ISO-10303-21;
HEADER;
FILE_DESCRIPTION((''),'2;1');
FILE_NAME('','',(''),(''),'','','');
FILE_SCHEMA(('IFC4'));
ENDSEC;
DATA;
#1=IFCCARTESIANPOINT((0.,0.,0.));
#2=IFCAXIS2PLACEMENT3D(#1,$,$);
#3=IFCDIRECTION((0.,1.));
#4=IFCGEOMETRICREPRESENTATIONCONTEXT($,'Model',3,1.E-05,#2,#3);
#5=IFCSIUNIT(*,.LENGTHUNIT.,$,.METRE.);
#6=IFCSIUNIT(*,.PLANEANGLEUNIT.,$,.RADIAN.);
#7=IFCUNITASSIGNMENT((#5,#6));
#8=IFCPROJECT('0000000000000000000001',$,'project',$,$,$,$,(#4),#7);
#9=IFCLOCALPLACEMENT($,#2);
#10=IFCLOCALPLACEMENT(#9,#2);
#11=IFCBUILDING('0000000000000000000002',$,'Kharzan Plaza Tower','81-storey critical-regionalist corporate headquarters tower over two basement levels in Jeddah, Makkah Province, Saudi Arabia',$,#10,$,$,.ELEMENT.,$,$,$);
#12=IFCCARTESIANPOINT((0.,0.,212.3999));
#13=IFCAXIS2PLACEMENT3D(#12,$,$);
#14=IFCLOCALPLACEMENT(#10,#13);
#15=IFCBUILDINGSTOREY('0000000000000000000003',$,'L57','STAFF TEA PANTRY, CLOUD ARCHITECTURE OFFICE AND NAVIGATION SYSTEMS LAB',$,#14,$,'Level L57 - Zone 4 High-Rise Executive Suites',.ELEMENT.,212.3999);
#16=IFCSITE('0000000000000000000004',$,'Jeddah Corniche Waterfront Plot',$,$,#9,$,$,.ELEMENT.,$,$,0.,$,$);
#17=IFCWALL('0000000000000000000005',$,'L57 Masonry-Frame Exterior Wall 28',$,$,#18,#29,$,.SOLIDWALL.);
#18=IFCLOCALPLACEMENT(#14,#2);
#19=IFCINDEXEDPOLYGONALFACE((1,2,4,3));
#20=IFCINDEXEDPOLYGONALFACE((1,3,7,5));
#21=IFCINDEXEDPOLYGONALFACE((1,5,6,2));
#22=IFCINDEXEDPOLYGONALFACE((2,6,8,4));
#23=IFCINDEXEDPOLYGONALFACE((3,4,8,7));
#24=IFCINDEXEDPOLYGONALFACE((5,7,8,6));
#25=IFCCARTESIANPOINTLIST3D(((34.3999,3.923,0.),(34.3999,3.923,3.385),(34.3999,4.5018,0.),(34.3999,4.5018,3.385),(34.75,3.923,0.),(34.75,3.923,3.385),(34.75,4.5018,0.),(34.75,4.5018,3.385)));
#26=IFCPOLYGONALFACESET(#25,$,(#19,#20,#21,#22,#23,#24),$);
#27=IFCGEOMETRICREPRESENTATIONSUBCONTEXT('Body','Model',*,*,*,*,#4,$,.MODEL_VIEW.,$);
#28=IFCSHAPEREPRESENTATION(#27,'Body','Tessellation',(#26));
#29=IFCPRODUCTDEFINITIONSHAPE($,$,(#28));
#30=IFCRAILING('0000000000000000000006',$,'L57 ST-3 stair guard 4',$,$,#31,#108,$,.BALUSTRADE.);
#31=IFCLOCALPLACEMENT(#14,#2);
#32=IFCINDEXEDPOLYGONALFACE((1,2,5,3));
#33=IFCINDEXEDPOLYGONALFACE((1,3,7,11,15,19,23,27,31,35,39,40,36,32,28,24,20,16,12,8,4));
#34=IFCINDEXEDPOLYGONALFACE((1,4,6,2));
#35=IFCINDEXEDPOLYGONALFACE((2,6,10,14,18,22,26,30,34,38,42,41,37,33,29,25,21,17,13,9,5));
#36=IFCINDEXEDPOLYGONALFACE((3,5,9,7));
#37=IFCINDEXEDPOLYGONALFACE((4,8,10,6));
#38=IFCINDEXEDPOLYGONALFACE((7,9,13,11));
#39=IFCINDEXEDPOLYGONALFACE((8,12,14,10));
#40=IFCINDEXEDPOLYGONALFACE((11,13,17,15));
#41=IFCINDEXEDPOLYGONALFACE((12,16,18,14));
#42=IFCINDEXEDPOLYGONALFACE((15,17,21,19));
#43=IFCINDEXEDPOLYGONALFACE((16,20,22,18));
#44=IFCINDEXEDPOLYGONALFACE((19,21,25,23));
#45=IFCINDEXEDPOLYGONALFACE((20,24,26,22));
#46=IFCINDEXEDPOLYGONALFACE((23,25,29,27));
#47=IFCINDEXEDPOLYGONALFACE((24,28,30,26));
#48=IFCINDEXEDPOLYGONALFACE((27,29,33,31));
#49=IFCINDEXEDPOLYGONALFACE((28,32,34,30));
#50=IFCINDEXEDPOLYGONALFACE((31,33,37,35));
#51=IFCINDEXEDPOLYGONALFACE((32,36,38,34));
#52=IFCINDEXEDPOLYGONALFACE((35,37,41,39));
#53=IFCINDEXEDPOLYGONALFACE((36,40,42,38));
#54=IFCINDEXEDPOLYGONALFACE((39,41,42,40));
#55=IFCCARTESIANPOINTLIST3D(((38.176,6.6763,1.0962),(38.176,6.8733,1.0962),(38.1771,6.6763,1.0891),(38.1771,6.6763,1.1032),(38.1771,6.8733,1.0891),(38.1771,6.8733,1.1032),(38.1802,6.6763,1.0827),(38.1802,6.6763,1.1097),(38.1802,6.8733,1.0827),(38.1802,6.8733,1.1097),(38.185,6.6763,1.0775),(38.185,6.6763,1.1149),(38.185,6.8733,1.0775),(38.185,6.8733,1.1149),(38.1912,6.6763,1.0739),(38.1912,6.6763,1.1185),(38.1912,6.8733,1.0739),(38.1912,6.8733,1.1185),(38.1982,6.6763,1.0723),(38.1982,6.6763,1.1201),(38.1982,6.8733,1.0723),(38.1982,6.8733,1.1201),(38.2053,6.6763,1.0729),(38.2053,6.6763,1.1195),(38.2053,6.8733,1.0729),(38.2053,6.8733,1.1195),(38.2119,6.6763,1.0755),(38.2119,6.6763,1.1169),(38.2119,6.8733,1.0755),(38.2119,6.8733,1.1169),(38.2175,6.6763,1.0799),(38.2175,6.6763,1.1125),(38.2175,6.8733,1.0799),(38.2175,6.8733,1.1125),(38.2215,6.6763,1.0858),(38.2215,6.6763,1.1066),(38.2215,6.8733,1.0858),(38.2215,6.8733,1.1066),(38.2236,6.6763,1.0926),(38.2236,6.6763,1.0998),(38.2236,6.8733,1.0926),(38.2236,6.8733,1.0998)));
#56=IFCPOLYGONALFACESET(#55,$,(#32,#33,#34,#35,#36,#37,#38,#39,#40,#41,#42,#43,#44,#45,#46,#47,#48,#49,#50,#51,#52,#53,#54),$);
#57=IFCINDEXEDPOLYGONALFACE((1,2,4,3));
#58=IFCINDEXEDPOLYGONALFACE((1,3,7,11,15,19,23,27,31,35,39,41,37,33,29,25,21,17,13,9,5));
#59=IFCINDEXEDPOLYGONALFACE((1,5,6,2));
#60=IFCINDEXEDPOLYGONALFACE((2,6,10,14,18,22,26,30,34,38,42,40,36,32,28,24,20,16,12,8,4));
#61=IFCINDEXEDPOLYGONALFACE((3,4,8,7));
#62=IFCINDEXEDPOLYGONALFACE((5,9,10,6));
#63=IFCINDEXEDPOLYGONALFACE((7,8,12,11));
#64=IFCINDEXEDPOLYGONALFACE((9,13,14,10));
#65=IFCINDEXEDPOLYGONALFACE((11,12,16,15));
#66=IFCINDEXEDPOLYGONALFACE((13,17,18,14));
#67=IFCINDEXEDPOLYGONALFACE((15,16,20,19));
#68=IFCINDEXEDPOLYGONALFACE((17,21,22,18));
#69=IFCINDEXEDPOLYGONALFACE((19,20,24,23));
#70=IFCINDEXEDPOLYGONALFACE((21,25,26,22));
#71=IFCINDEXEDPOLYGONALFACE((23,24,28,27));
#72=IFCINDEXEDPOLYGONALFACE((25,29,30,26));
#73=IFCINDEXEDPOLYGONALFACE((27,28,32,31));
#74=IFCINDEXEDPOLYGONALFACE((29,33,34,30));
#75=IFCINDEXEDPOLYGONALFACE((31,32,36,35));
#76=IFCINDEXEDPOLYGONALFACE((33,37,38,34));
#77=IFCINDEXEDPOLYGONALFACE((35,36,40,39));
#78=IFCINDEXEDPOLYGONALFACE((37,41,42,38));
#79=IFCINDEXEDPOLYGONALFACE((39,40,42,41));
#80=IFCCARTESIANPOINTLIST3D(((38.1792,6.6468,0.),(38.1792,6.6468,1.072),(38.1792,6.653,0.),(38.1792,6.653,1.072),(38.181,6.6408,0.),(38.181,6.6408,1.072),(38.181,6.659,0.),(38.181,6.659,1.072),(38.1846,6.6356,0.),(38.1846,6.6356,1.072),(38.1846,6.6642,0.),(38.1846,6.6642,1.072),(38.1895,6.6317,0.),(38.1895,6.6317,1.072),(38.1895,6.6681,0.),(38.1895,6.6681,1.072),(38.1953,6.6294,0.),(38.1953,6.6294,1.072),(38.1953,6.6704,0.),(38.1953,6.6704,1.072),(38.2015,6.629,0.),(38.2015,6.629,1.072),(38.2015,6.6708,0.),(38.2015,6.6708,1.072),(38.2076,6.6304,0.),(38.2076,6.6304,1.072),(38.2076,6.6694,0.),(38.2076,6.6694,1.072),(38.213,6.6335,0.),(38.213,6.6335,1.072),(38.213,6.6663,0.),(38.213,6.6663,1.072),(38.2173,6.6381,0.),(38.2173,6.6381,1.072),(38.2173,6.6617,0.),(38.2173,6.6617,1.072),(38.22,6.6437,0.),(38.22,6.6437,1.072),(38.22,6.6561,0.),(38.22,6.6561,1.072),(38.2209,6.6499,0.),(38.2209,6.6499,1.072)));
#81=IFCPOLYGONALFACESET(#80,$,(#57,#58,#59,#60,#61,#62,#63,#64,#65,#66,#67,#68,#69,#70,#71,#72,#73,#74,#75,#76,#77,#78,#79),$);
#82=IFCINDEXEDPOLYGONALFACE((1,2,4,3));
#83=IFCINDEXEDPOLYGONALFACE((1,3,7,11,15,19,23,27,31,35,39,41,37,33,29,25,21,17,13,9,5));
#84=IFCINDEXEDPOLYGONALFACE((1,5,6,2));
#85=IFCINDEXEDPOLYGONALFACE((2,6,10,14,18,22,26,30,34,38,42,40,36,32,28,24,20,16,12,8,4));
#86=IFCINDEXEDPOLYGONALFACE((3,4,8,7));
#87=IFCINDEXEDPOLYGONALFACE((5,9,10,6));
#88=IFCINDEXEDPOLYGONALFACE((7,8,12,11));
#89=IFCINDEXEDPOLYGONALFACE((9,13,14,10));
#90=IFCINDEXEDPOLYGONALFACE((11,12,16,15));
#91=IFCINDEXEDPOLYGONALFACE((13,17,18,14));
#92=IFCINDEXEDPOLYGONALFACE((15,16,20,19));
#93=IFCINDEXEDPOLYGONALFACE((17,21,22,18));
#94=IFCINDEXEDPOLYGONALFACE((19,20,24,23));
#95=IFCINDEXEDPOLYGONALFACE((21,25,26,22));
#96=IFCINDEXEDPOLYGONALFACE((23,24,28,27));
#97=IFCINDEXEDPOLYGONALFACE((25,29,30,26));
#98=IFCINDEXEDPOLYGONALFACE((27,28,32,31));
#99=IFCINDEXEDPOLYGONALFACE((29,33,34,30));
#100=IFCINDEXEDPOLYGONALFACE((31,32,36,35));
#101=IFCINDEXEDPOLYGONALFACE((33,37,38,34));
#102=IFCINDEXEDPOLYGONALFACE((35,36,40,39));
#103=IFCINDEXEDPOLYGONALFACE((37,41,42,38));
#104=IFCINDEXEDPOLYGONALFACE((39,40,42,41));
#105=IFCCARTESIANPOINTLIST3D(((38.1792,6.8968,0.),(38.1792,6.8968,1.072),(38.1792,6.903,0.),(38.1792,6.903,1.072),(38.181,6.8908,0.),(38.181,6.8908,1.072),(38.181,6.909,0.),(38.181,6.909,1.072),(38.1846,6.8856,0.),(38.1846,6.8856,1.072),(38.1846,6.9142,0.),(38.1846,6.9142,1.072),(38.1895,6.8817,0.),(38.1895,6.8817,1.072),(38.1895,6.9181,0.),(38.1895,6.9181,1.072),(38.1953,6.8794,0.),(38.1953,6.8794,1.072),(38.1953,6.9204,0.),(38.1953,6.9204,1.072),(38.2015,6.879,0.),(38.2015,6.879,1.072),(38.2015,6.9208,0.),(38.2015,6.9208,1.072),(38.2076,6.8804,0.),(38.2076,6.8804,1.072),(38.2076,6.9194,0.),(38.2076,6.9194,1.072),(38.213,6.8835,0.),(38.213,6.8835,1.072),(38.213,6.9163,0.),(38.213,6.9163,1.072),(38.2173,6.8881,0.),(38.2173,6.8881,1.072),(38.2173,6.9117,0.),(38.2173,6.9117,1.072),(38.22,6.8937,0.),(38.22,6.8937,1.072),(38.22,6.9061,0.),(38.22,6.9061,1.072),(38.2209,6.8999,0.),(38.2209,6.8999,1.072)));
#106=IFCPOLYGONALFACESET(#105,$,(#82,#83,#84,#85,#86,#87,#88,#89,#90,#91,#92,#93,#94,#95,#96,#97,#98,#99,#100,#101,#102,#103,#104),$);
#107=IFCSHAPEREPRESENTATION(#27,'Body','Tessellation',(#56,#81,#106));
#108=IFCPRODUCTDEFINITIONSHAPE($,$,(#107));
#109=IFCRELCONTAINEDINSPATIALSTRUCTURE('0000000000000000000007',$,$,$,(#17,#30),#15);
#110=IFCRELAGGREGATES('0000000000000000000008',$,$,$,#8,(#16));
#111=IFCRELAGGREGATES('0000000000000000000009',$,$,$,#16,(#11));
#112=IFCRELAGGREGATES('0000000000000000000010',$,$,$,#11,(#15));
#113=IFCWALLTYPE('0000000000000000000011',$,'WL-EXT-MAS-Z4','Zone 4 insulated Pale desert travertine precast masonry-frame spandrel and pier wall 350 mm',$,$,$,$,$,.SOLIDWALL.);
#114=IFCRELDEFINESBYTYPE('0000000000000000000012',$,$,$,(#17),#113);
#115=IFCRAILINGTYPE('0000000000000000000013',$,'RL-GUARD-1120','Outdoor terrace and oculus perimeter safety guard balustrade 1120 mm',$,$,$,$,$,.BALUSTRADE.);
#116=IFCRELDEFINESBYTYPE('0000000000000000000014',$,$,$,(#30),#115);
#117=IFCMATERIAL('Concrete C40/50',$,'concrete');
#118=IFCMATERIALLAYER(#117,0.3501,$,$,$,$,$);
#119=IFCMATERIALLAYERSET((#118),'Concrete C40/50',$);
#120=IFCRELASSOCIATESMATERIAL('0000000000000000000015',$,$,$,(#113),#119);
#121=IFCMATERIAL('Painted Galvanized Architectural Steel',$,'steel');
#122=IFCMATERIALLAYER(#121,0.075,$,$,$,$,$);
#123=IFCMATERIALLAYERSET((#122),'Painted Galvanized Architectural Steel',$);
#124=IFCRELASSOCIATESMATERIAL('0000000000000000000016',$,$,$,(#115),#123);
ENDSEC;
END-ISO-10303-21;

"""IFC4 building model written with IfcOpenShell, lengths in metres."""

from ifc_helpers import new_model, si_unit, direction, frame, frame_2d, origin, origin_2d, place, context, subcontext, project, spatial, rectangle, circle, extrude, source, transform, mapped, material, layer, layer_set, type_object, element, save


model = new_model("IFC4")

# Units and contexts
model_context = context("Model", 3, precision=1e-05, world=origin(), true_north=direction((0.0, 1.0)))
body_context = subcontext(model_context, "Body", "Model", "MODEL_VIEW")
ifc_project = project(units=[si_unit("LENGTHUNIT", "METRE"), si_unit("PLANEANGLEUNIT", "RADIAN")], contexts=[model_context])

# Site, building, storey
site_placement = place(None, origin())
site = spatial("IfcSite", under=ifc_project, at=site_placement, Name="Jeddah Corniche Waterfront Plot", CompositionType="ELEMENT", RefElevation=0.0)
building_placement = place(site_placement, origin())
building = spatial("IfcBuilding", under=site, at=building_placement, Name="Kharzan Plaza Tower", Description="81-storey critical-regionalist corporate headquarters tower over two basement levels in Jeddah, Makkah Province, Saudi Arabia", CompositionType="ELEMENT")
storey_placement = place(building_placement, frame((0.0, 0.0, 212.3999)))
storey = spatial("IfcBuildingStorey", under=building, at=storey_placement, Name="L57", Description="STAFF TEA PANTRY, CLOUD ARCHITECTURE OFFICE AND NAVIGATION SYSTEMS LAB", LongName="Level L57 - Zone 4 High-Rise Executive Suites", CompositionType="ELEMENT", Elevation=212.3999)

# Shared definitions
ifc_material_1 = material(Name="Concrete C40/50", Category="concrete")
ifc_layer_1 = layer(ifc_material_1, 0.3501)
ifc_layer_set_1 = layer_set([ifc_layer_1], Name="Concrete C40/50")
wall_type_1 = type_object("IfcWallType", Name="WL-EXT-MAS-Z4", Description="Zone 4 insulated Pale desert travertine precast masonry-frame spandrel and pier wall 350 mm", PredefinedType="SOLIDWALL", material=ifc_layer_set_1)

# Wall
shared_shape_1 = source(origin(), body_context, "Body", "SweptSolid", [
    extrude(rectangle(XDim=0.5789, YDim=0.3501, at=frame_2d((0.2896, 0.0))), origin(), (0.0, 0.0, 1.0), 3.385),
])
wall_1_placement = place(storey_placement, frame((34.575, 4.502, 0.0), z_axis=(0.0, 0.0, 1.0), x_axis=(0.0, -1.0, 0.0)))
element("IfcWall", 1, at=wall_1_placement, inside=storey, type_object=wall_type_1, Name="L57 Masonry-Frame Exterior Wall 28", PredefinedType="SOLIDWALL", context=body_context, shape_type="MappedRepresentation", body=[
    mapped(shared_shape_1, transform((0.0, 0.0, 0.0), x_axis=(1.0, 0.0, 0.0), y_axis=(0.0, 1.0, 0.0), z_axis=(0.0, 0.0, 1.0))),
])

# Railing
ifc_material_2 = material(Name="Painted Galvanized Architectural Steel", Category="steel")
ifc_layer_2 = layer(ifc_material_2, 0.075)
ifc_layer_set_2 = layer_set([ifc_layer_2], Name="Painted Galvanized Architectural Steel")
railing_type = type_object("IfcRailingType", Name="RL-GUARD-1120", Description="Outdoor terrace and oculus perimeter safety guard balustrade 1120 mm", PredefinedType="BALUSTRADE", material=ifc_layer_set_2)
shared_shape_2 = source(origin(), body_context, "Body", "SweptSolid", [
    extrude(circle(Radius=0.0239, at=origin_2d()), frame((0.0, 0.0264, 1.0962), z_axis=(0.0, 1.0, 0.0), x_axis=(-1.0, 0.0, 0.0)), (0.0, 0.0, 1.0), 0.197),
    extrude(circle(Radius=0.021, at=origin_2d()), origin(), (0.0, 0.0, 1.0), 1.072),
    extrude(circle(Radius=0.021, at=origin_2d()), frame((0.0, 0.25, 0.0)), (0.0, 0.0, 1.0), 1.072),
])
railing_1_placement = place(storey_placement, frame((38.2, 6.6499, 0.0)))
element("IfcRailing", 2, at=railing_1_placement, inside=storey, type_object=railing_type, Name="L57 ST-3 stair guard 4", PredefinedType="BALUSTRADE", context=body_context, shape_type="MappedRepresentation", body=[
    mapped(shared_shape_2, transform((0.0, 0.0, 0.0), x_axis=(1.0, 0.0, 0.0), y_axis=(0.0, 1.0, 0.0), z_axis=(0.0, 0.0, 1.0))),
])

save(model, "model.ifc")
